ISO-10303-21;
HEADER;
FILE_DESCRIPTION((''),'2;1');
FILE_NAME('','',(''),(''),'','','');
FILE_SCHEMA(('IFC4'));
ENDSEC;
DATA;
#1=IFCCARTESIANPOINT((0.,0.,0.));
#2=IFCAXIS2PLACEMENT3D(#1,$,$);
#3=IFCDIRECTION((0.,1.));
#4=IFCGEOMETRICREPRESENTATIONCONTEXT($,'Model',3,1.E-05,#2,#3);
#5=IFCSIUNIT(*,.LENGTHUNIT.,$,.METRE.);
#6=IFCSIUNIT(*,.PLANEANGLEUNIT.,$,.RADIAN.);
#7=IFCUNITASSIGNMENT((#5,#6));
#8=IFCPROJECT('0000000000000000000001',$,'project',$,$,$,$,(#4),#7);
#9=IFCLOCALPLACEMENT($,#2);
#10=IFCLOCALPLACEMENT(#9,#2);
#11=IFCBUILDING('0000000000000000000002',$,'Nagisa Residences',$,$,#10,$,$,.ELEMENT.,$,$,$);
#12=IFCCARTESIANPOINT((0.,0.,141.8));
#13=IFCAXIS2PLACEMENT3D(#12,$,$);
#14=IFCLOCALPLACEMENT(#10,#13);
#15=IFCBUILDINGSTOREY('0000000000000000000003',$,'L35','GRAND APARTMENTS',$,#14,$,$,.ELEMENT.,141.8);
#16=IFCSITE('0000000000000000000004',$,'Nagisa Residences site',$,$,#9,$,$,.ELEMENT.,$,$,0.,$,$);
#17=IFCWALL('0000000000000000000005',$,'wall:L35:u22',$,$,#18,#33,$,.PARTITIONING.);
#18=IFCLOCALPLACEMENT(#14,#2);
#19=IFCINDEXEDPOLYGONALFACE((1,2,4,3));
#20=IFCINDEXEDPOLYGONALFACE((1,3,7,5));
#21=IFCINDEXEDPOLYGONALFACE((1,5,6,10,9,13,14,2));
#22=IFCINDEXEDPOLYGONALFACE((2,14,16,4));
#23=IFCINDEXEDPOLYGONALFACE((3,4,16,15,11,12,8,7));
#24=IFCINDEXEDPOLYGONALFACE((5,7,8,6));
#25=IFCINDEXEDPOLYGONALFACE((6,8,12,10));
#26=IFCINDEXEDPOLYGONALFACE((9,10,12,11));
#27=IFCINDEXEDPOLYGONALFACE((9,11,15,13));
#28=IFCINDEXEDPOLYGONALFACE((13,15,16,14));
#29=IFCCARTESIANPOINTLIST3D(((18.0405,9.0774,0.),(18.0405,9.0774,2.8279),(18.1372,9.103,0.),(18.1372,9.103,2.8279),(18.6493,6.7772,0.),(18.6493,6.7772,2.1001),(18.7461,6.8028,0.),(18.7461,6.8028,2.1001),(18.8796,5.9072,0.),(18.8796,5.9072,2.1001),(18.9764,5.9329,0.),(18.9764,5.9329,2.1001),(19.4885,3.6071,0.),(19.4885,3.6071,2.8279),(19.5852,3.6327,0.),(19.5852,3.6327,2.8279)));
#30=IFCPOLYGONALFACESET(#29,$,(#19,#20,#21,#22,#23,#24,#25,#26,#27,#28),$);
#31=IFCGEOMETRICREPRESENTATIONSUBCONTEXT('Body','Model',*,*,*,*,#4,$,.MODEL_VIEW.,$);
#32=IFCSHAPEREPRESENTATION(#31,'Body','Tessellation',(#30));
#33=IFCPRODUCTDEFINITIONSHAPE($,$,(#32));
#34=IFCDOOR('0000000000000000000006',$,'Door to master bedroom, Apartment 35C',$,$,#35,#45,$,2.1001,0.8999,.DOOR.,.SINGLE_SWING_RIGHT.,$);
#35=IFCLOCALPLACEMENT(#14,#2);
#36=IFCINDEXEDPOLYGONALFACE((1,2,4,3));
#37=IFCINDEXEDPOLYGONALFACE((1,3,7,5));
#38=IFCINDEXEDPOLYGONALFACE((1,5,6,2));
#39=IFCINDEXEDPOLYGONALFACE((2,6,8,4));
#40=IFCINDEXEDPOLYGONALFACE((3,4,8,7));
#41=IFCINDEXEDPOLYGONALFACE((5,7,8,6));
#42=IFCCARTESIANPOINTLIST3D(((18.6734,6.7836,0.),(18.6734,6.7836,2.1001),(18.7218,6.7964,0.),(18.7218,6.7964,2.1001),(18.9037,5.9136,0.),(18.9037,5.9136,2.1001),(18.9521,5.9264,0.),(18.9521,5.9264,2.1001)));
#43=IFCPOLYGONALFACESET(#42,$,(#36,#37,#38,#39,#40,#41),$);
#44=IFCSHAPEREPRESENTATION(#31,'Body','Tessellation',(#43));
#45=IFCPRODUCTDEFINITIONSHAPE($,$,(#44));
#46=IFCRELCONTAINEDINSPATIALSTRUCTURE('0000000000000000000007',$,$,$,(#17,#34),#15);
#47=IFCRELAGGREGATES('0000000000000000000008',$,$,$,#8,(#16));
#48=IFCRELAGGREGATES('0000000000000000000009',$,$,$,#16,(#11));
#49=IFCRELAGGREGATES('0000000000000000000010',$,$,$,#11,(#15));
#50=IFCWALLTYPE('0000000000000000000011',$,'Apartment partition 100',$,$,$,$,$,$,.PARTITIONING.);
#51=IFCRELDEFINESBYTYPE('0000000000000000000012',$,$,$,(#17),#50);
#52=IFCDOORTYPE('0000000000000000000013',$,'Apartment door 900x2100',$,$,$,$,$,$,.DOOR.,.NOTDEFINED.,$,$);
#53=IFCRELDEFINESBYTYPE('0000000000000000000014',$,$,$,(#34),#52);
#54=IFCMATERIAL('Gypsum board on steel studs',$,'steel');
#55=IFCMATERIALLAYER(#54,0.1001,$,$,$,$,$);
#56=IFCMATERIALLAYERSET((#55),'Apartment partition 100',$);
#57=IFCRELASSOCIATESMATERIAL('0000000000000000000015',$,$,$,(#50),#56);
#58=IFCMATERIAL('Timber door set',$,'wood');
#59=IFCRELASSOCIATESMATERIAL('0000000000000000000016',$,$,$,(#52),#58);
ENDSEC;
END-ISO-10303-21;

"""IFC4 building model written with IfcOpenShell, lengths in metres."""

from ifc_helpers import new_model, si_unit, direction, frame, frame_2d, origin, place, context, subcontext, project, spatial, rectangle, extrude, material, layer, layer_set, type_object, element, fill, save


model = new_model("IFC4")

# Units and contexts
model_context = context("Model", 3, precision=1e-05, world=origin(), true_north=direction((0.0, 1.0)))
body_context = subcontext(model_context, "Body", "Model", "MODEL_VIEW")
ifc_project = project(units=[si_unit("LENGTHUNIT", "METRE"), si_unit("PLANEANGLEUNIT", "RADIAN")], contexts=[model_context])

# Site, building, storey
site_placement = place(None, origin())
site = spatial("IfcSite", under=ifc_project, at=site_placement, Name="Nagisa Residences site", CompositionType="ELEMENT", RefElevation=0.0)
building_placement = place(site_placement, origin())
building = spatial("IfcBuilding", under=site, at=building_placement, Name="Nagisa Residences", CompositionType="ELEMENT")
storey_placement = place(building_placement, frame((0.0, 0.0, 141.8)))
storey = spatial("IfcBuildingStorey", under=building, at=storey_placement, Name="L35", Description="GRAND APARTMENTS", CompositionType="ELEMENT", Elevation=141.8)

# Wall, opening, door
ifc_material_1 = material(Name="Gypsum board on steel studs", Category="steel")
ifc_layer_1 = layer(ifc_material_1, 0.1001)
ifc_layer_set_1 = layer_set([ifc_layer_1], Name="Apartment partition 100")
wall_type_1 = type_object("IfcWallType", Name="Apartment partition 100", PredefinedType="PARTITIONING", material=ifc_layer_set_1)
wall_1_placement = place(storey_placement, frame((19.5369, 3.6199, 0.0), z_axis=(0.0, 0.0, 1.0), x_axis=(-0.255893, 0.966705, 0.0)))
wall_1 = element("IfcWall", 1, at=wall_1_placement, inside=storey, type_object=wall_type_1, Name="wall:L35:u22", PredefinedType="PARTITIONING", context=body_context, shape_type="SweptSolid", body=[
    extrude(rectangle(XDim=5.6587, YDim=0.1001, at=frame_2d((2.8293, 0.0))), origin(), (0.0, 0.0, 1.0), 2.8279),
])
opening_1_placement = place(wall_1_placement, frame((2.3794, 0.0, 0.0)))
opening_1 = element("IfcOpeningElement", 2, at=opening_1_placement, cuts=wall_1, PredefinedType="OPENING", context=body_context, shape_type="SweptSolid", body=[
    extrude(rectangle(XDim=0.8999, YDim=2.1001, at=frame_2d((0.45, 1.05))), frame((0.0, 0.0601, 0.0), z_axis=(0.0, -1.0, 0.0), x_axis=(1.0, 0.0, 0.0)), (0.0, 0.0, 1.0), 0.1201),
])
ifc_material_2 = material(Name="Timber door set", Category="wood")
door_type_1 = type_object("IfcDoorType", Name="Apartment door 900x2100", OperationType="NOTDEFINED", PredefinedType="DOOR", material=ifc_material_2)
door_1_placement = place(opening_1_placement, frame((0.8999, 0.0, 0.0), x_axis=(-1.0, 0.0, 0.0)))
door_1 = element("IfcDoor", 3, at=door_1_placement, inside=storey, type_object=door_type_1, Name="Door to master bedroom, Apartment 35C", OperationType="SINGLE_SWING_RIGHT", OverallHeight=2.1001, OverallWidth=0.8999, PredefinedType="DOOR", context=body_context, shape_type="SweptSolid", body=[
    extrude(rectangle(XDim=0.8999, YDim=2.1001, at=frame_2d((0.45, 1.05))), frame((0.0, 0.0249, 0.0), z_axis=(0.0, -1.0, 0.0), x_axis=(1.0, 0.0, 0.0)), (0.0, 0.0, 1.0), 0.05),
])
fill(opening_1, door_1)

save(model, "model.ifc")
